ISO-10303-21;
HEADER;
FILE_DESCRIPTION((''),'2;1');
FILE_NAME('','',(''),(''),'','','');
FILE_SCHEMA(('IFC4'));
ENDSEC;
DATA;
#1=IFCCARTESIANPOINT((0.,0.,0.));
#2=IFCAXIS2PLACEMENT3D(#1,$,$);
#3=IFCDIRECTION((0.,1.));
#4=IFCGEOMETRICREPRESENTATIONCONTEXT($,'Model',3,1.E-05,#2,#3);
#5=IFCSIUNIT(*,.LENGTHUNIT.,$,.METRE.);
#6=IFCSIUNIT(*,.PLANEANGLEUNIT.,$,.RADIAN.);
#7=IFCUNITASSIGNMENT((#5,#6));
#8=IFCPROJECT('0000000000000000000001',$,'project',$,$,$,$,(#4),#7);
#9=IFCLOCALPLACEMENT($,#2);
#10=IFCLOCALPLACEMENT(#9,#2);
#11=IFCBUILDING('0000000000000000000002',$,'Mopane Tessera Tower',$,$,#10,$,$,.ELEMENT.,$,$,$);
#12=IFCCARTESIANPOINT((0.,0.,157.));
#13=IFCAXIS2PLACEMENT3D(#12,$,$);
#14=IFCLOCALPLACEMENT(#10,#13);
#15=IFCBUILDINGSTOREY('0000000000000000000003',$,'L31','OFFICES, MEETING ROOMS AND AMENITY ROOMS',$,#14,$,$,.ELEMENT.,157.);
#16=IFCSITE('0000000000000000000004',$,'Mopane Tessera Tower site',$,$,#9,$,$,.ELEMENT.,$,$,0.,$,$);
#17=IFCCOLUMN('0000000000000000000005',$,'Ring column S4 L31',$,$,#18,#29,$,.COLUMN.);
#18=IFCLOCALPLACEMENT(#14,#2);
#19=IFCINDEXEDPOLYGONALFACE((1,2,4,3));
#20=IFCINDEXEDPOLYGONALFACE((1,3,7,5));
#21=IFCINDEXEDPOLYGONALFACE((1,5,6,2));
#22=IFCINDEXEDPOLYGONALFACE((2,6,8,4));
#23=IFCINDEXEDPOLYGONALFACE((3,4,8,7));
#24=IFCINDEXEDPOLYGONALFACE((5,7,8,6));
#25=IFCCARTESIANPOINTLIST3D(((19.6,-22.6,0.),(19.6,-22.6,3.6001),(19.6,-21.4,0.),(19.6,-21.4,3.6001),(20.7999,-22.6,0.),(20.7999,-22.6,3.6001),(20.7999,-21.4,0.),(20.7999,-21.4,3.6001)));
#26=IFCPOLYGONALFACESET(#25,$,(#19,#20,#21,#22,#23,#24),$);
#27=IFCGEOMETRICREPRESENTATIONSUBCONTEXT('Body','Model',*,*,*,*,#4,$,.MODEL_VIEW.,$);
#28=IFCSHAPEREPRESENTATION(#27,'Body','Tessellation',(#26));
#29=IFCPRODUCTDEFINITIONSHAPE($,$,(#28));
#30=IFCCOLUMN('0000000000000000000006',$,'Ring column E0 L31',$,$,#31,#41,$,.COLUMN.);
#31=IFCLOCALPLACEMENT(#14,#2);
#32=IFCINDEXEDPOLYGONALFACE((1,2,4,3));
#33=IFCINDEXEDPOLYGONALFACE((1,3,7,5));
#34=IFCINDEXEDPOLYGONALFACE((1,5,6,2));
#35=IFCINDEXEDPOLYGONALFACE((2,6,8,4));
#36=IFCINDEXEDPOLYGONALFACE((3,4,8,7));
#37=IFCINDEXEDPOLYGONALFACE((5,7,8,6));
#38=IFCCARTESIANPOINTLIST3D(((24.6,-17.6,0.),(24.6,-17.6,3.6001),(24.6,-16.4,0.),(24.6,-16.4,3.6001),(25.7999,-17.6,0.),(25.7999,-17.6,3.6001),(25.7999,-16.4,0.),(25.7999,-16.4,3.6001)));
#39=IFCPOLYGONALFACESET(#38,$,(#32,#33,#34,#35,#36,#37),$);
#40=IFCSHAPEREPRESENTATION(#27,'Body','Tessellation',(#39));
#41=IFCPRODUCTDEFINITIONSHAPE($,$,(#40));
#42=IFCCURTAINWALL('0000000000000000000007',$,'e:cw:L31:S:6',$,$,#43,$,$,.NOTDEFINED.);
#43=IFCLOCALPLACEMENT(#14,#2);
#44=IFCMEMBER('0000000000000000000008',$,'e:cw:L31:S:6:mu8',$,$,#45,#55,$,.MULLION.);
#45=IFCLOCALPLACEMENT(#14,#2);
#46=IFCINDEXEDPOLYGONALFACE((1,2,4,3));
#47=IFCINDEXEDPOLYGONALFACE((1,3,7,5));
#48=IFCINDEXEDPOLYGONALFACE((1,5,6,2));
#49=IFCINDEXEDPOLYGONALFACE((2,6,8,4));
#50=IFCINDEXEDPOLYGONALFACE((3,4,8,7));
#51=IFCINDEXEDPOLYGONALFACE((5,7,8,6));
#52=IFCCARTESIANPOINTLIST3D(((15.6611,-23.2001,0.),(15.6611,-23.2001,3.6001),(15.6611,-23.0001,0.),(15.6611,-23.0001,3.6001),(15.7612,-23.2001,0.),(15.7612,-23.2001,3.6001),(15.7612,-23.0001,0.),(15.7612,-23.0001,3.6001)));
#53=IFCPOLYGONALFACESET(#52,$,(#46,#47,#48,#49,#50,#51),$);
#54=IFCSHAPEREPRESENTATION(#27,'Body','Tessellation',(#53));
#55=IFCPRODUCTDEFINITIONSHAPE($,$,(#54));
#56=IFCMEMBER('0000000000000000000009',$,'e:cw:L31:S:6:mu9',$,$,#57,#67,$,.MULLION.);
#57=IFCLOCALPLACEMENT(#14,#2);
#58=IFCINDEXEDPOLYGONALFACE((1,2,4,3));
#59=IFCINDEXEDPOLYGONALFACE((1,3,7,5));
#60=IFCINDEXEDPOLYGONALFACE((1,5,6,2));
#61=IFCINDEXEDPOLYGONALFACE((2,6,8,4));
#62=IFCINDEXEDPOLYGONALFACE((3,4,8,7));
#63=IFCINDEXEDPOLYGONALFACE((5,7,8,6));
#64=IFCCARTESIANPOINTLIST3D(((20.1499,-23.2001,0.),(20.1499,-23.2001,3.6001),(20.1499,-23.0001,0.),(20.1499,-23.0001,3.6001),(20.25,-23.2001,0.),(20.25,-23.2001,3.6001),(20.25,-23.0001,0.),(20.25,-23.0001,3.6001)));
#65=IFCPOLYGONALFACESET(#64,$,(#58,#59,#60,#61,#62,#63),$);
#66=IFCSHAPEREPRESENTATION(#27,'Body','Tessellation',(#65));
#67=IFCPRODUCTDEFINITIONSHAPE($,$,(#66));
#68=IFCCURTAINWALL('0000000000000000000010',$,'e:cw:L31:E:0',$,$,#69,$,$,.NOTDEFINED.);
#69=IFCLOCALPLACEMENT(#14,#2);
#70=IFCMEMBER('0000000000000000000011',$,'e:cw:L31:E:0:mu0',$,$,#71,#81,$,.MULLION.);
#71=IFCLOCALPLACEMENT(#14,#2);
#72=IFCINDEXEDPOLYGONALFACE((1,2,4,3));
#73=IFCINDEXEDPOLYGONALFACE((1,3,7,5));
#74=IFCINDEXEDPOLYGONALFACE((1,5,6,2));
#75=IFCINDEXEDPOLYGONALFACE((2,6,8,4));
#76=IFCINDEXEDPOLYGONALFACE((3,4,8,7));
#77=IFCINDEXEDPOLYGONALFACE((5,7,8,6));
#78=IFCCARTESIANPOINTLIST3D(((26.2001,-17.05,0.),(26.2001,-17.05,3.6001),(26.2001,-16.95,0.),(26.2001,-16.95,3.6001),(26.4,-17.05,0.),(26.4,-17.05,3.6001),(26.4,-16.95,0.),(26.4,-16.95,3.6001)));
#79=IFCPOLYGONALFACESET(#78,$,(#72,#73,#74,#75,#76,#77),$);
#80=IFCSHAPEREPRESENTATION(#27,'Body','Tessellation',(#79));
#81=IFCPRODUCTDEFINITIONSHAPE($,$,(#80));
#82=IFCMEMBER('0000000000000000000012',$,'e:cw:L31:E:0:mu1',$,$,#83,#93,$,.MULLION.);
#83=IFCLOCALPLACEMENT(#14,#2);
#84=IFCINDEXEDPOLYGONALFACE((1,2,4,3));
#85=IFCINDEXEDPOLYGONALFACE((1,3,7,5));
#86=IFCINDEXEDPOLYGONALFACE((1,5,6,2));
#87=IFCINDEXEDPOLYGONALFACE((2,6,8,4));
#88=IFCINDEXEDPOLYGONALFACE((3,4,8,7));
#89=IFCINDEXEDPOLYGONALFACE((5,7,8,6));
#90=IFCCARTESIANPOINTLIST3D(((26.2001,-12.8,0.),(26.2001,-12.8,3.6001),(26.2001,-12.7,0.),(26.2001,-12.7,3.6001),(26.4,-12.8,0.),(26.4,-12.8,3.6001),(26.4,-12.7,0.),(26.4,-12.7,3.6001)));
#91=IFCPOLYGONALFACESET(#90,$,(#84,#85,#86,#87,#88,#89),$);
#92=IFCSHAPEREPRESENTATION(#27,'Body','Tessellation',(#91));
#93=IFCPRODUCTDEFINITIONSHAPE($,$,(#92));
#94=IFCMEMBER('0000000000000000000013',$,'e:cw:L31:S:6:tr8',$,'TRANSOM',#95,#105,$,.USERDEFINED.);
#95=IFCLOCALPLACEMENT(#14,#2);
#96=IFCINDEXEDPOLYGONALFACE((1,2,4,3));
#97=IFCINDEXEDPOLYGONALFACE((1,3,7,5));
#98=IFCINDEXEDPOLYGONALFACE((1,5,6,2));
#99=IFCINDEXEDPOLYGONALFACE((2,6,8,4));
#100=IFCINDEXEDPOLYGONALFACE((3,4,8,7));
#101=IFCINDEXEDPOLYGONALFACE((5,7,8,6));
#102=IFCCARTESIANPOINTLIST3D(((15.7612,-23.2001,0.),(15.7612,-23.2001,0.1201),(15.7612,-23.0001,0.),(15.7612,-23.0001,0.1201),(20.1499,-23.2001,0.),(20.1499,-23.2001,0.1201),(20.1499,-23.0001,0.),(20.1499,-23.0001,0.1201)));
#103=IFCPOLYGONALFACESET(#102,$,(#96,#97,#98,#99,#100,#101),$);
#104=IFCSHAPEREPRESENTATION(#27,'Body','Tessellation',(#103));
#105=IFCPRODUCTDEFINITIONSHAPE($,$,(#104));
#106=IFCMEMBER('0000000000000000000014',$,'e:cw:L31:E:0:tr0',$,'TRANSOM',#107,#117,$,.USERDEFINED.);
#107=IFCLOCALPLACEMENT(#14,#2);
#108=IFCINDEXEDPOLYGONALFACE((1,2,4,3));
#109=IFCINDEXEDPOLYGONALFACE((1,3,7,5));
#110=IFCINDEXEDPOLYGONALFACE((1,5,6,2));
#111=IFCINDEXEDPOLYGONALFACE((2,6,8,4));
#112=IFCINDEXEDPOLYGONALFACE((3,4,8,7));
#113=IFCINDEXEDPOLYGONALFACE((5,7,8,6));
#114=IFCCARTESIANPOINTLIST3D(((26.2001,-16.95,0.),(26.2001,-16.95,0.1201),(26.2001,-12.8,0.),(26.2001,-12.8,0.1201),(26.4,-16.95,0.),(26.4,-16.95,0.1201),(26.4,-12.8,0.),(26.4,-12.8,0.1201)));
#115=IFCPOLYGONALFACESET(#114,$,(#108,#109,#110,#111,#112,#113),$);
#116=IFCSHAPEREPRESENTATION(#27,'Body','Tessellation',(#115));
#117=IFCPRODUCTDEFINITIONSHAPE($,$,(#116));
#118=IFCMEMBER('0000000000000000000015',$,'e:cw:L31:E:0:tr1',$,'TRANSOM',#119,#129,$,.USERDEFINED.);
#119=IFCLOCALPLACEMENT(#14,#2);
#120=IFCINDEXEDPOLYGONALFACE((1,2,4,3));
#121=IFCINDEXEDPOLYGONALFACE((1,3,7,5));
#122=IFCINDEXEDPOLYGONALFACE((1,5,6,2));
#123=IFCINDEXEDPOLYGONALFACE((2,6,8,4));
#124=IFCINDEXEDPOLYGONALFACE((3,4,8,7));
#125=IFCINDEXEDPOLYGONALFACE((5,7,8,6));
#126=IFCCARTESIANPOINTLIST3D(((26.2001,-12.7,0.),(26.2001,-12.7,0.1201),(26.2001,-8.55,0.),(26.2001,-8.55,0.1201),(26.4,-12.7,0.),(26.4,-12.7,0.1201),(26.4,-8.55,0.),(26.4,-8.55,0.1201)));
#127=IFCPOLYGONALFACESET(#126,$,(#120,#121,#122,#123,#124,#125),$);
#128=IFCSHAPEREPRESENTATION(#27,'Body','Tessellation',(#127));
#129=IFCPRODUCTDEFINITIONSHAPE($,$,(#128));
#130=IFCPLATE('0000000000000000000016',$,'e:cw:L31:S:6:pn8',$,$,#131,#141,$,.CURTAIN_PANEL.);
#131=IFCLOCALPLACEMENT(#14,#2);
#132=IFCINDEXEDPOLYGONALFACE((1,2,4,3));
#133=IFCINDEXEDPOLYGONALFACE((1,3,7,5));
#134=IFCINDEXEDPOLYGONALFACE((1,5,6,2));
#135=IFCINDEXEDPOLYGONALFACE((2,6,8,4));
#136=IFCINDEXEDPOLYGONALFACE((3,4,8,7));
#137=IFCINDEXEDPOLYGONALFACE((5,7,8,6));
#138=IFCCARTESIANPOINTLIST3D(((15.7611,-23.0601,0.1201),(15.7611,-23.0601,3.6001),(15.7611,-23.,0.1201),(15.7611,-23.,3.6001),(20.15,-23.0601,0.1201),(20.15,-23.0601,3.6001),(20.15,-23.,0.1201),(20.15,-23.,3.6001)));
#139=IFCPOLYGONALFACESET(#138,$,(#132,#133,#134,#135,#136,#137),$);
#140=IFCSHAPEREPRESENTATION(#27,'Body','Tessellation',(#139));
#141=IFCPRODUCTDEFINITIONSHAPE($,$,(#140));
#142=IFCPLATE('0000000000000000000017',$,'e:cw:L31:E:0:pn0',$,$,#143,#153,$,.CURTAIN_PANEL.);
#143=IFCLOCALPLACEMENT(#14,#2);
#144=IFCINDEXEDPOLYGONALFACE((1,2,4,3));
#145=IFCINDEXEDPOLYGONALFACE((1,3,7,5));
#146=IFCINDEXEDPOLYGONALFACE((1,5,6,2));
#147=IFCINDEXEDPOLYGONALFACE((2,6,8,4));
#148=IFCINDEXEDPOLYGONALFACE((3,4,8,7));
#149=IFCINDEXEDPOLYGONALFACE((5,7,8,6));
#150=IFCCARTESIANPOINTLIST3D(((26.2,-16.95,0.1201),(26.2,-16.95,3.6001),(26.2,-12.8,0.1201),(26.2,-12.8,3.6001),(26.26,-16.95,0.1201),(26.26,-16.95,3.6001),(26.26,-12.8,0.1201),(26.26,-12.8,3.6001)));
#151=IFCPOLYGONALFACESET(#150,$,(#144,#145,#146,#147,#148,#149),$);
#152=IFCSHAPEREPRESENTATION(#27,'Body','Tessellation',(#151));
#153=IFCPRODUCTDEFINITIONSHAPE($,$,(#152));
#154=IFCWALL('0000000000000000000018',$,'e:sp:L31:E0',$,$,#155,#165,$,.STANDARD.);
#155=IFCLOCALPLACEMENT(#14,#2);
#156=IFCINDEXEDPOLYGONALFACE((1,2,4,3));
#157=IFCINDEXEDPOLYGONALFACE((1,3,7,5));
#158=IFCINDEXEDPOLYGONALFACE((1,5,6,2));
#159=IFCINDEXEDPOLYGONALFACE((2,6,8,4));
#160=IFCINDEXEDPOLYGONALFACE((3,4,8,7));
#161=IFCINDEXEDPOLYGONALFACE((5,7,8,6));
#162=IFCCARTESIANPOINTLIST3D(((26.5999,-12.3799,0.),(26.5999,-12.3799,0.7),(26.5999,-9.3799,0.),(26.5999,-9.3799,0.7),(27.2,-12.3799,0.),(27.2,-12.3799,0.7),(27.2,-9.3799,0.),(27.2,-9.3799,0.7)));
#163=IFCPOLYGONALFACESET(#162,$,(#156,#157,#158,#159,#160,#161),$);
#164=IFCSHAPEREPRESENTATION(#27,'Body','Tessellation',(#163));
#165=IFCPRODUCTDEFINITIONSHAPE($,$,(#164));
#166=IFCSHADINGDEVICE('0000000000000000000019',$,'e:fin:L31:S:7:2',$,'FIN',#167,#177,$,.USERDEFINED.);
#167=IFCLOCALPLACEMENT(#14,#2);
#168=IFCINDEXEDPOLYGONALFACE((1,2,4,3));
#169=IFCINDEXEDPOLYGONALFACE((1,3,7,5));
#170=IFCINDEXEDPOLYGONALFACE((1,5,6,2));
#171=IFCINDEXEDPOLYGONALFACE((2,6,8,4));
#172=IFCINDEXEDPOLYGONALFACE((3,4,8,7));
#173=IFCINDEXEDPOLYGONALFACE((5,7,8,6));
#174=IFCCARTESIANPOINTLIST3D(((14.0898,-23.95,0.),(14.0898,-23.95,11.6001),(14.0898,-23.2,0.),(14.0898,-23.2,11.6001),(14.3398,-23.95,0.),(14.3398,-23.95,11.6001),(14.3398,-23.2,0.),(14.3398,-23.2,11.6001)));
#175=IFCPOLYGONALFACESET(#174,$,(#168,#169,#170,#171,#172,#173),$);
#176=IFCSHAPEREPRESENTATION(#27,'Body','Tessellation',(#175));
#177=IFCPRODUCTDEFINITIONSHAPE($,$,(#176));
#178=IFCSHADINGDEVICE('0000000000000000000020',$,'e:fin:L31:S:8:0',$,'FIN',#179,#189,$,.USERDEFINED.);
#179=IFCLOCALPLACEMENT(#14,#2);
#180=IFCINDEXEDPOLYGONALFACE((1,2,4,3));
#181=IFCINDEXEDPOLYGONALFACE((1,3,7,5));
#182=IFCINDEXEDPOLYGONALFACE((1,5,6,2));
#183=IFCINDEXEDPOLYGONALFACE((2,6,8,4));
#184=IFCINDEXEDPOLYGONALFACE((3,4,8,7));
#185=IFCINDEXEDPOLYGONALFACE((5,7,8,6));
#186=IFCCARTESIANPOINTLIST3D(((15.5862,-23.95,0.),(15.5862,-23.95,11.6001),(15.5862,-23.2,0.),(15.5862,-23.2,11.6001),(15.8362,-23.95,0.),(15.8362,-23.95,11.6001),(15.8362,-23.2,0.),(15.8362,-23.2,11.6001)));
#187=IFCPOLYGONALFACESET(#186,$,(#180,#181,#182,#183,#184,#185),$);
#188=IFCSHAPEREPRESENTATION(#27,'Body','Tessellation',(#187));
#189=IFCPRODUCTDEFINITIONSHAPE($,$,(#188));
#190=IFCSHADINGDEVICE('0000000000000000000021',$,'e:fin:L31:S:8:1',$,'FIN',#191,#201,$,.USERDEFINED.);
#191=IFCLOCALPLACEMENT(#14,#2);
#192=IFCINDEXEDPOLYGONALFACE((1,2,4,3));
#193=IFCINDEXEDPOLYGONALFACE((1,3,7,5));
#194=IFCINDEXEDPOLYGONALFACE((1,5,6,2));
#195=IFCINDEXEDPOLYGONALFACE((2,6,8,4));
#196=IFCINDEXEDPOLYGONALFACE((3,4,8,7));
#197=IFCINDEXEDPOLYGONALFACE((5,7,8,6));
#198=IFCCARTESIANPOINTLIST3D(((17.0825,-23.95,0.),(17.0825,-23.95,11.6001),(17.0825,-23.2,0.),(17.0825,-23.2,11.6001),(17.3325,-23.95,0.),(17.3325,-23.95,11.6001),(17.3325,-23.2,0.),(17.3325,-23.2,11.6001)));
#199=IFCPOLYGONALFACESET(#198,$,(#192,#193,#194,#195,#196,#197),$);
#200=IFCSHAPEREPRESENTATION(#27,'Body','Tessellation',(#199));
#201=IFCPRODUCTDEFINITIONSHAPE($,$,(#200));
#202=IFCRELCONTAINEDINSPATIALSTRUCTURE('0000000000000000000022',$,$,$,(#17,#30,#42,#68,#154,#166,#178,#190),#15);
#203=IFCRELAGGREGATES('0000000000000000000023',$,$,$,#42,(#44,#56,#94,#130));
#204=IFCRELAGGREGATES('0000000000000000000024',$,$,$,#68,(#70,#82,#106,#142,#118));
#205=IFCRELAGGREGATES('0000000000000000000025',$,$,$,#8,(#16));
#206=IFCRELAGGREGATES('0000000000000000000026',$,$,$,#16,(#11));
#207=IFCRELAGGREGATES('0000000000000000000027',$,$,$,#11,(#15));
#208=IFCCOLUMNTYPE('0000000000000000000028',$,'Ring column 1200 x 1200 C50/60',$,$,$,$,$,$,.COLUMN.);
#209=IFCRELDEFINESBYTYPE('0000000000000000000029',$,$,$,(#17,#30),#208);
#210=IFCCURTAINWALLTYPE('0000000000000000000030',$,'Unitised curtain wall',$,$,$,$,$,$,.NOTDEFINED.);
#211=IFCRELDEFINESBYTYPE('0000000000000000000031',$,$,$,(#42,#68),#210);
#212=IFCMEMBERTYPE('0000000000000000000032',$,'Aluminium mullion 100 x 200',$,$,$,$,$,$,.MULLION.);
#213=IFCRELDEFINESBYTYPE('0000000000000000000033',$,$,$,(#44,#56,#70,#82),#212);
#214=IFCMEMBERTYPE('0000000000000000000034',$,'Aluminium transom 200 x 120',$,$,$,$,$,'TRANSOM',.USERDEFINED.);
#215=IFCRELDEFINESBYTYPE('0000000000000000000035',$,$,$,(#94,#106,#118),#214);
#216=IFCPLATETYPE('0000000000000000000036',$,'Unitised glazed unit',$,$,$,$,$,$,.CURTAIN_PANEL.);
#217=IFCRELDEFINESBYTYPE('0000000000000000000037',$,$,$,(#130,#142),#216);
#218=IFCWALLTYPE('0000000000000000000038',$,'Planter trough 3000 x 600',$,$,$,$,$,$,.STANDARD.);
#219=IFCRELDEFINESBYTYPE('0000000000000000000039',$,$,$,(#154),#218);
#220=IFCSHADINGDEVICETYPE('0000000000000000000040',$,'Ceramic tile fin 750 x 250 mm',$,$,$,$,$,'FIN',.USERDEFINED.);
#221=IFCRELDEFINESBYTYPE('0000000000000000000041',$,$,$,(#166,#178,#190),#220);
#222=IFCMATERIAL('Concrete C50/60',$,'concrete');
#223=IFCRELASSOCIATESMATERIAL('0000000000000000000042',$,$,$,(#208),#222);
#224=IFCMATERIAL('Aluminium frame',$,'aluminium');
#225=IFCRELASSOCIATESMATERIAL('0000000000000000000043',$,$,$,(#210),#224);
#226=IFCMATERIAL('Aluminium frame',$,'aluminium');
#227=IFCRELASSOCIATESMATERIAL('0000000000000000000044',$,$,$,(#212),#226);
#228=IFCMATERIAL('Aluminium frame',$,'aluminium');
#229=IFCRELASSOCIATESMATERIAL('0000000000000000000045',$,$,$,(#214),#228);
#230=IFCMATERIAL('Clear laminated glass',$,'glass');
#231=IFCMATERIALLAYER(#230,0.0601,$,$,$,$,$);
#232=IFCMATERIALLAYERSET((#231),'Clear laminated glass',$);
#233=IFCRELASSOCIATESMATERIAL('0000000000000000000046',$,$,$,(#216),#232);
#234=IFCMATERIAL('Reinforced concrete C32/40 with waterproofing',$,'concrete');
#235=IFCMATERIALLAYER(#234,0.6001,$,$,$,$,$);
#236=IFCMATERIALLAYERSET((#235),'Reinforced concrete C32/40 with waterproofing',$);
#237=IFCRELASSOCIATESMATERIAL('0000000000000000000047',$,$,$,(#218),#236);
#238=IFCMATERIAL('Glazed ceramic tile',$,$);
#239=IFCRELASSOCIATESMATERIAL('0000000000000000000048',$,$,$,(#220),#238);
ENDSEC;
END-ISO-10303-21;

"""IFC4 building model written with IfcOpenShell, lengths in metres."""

from ifc_helpers import new_model, si_unit, direction, frame, frame_2d, origin, origin_2d, place, context, subcontext, project, spatial, rectangle, extrude, material, layer, layer_set, material_profile, profile_set, type_object, element, aggregate, save


model = new_model("IFC4")

# Units and contexts
model_context = context("Model", 3, precision=1e-05, world=origin(), true_north=direction((0.0, 1.0)))
body_context = subcontext(model_context, "Body", "Model", "MODEL_VIEW")
ifc_project = project(units=[si_unit("LENGTHUNIT", "METRE"), si_unit("PLANEANGLEUNIT", "RADIAN")], contexts=[model_context])

# Site, building, storey
site_placement = place(None, origin())
site = spatial("IfcSite", under=ifc_project, at=site_placement, Name="Mopane Tessera Tower site", CompositionType="ELEMENT", RefElevation=0.0)
building_placement = place(site_placement, origin())
building = spatial("IfcBuilding", under=site, at=building_placement, Name="Mopane Tessera Tower", CompositionType="ELEMENT")
storey_placement = place(building_placement, frame((0.0, 0.0, 157.0)))
storey = spatial("IfcBuildingStorey", under=building, at=storey_placement, Name="L31", Description="OFFICES, MEETING ROOMS AND AMENITY ROOMS", CompositionType="ELEMENT", Elevation=157.0)

# Columns
ifc_material_1 = material(Name="Concrete C50/60", Category="concrete")
ifc_material_profile_1 = material_profile(ifc_material_1, rectangle(XDim=1.2, YDim=1.2, at=origin_2d()))
ifc_profile_set_1 = profile_set([ifc_material_profile_1], Name="Concrete C50/60")
column_type = type_object("IfcColumnType", Name="Ring column 1200 x 1200 C50/60", PredefinedType="COLUMN", material=ifc_profile_set_1)
for number, where, z_axis, x_axis, name in (
    (1, (20.2, -22.0, 0.0), (0.0, 0.0, 1.0), (1.0, 0.0, 0.0), "Ring column S4 L31"),
    (2, (25.2, -17.0, 0.0), (0.0, 0.0, 1.0), (1.0, 0.0, 0.0), "Ring column E0 L31"),
):
    element("IfcColumn", number, at=place(storey_placement, frame(where, z_axis=z_axis, x_axis=x_axis)), inside=storey, type_object=column_type, Name=name, PredefinedType="COLUMN", context=body_context, shape_type="SweptSolid", body=[
        extrude(rectangle(XDim=1.2, YDim=1.2, at=origin_2d()), origin(), (0.0, 0.0, 1.0), 3.6001),
    ])

# Curtain walls, members
ifc_material_2 = material(Name="Aluminium frame", Category="aluminium")
curtain_wall_type = type_object("IfcCurtainWallType", Name="Unitised curtain wall", PredefinedType="NOTDEFINED", material=ifc_material_2)
curtain_wall_1_placement = place(storey_placement, origin())
curtain_wall_1 = element("IfcCurtainWall", 3, at=curtain_wall_1_placement, inside=storey, type_object=curtain_wall_type, Name="e:cw:L31:S:6", PredefinedType="NOTDEFINED")
ifc_material_3 = material(Name="Aluminium frame", Category="aluminium")
ifc_material_profile_2 = material_profile(ifc_material_3, rectangle(XDim=0.1001, YDim=0.2, at=origin_2d()))
ifc_profile_set_2 = profile_set([ifc_material_profile_2], Name="Aluminium frame")
member_type_1 = type_object("IfcMemberType", Name="Aluminium mullion 100 x 200", PredefinedType="MULLION", material=ifc_profile_set_2)
member_1_placement = place(storey_placement, frame((15.7112, -23.1001, 0.0), z_axis=(0.0, 0.0, 1.0), x_axis=(1.0, 0.0, 0.0)))
member_1 = element("IfcMember", 4, at=member_1_placement, type_object=member_type_1, Name="e:cw:L31:S:6:mu8", PredefinedType="MULLION", context=body_context, shape_type="SweptSolid", body=[
    extrude(rectangle(XDim=0.1001, YDim=0.2, at=origin_2d()), origin(), (0.0, 0.0, 1.0), 3.6001),
])
member_2_placement = place(storey_placement, frame((20.2, -23.1001, 0.0), z_axis=(0.0, 0.0, 1.0), x_axis=(1.0, 0.0, 0.0)))
member_2 = element("IfcMember", 5, at=member_2_placement, type_object=member_type_1, Name="e:cw:L31:S:6:mu9", PredefinedType="MULLION", context=body_context, shape_type="SweptSolid", body=[
    extrude(rectangle(XDim=0.1001, YDim=0.2, at=origin_2d()), origin(), (0.0, 0.0, 1.0), 3.6001),
])
curtain_wall_2_placement = place(storey_placement, origin())
curtain_wall_2 = element("IfcCurtainWall", 6, at=curtain_wall_2_placement, inside=storey, type_object=curtain_wall_type, Name="e:cw:L31:E:0", PredefinedType="NOTDEFINED")
member_3_placement = place(storey_placement, frame((26.3, -17.0, 0.0), z_axis=(0.0, 0.0, 1.0), x_axis=(0.0, 1.0, 0.0)))
member_3 = element("IfcMember", 7, at=member_3_placement, type_object=member_type_1, Name="e:cw:L31:E:0:mu0", PredefinedType="MULLION", context=body_context, shape_type="SweptSolid", body=[
    extrude(rectangle(XDim=0.1001, YDim=0.2, at=origin_2d()), origin(), (0.0, 0.0, 1.0), 3.6001),
])
member_4_placement = place(storey_placement, frame((26.3, -12.75, 0.0), z_axis=(0.0, 0.0, 1.0), x_axis=(0.0, 1.0, 0.0)))
member_4 = element("IfcMember", 8, at=member_4_placement, type_object=member_type_1, Name="e:cw:L31:E:0:mu1", PredefinedType="MULLION", context=body_context, shape_type="SweptSolid", body=[
    extrude(rectangle(XDim=0.1001, YDim=0.2, at=origin_2d()), origin(), (0.0, 0.0, 1.0), 3.6001),
])

# Members
ifc_material_4 = material(Name="Aluminium frame", Category="aluminium")
ifc_material_profile_3 = material_profile(ifc_material_4, rectangle(XDim=0.2, YDim=0.1201, at=origin_2d()))
ifc_profile_set_3 = profile_set([ifc_material_profile_3], Name="Aluminium frame")
member_type_2 = type_object("IfcMemberType", Name="Aluminium transom 200 x 120", ElementType="TRANSOM", PredefinedType="USERDEFINED", material=ifc_profile_set_3)
member_5_placement = place(storey_placement, frame((15.7612, -23.1001, 0.0601), z_axis=(1.0, 0.0, 0.0), x_axis=(0.0, 1.0, 0.0)))
member_5 = element("IfcMember", 9, at=member_5_placement, type_object=member_type_2, Name="e:cw:L31:S:6:tr8", ObjectType="TRANSOM", PredefinedType="USERDEFINED", context=body_context, shape_type="SweptSolid", body=[
    extrude(rectangle(XDim=0.2, YDim=0.1201, at=origin_2d()), origin(), (0.0, 0.0, 1.0), 4.3887),
])
member_6_placement = place(storey_placement, frame((26.3, -16.95, 0.0601), z_axis=(0.0, 1.0, 0.0), x_axis=(-1.0, 0.0, 0.0)))
member_6 = element("IfcMember", 10, at=member_6_placement, type_object=member_type_2, Name="e:cw:L31:E:0:tr0", ObjectType="TRANSOM", PredefinedType="USERDEFINED", context=body_context, shape_type="SweptSolid", body=[
    extrude(rectangle(XDim=0.2, YDim=0.1201, at=origin_2d()), origin(), (0.0, 0.0, 1.0), 4.1499),
])
member_7_placement = place(storey_placement, frame((26.3, -12.7, 0.0601), z_axis=(0.0, 1.0, 0.0), x_axis=(-1.0, 0.0, 0.0)))
member_7 = element("IfcMember", 11, at=member_7_placement, type_object=member_type_2, Name="e:cw:L31:E:0:tr1", ObjectType="TRANSOM", PredefinedType="USERDEFINED", context=body_context, shape_type="SweptSolid", body=[
    extrude(rectangle(XDim=0.2, YDim=0.1201, at=origin_2d()), origin(), (0.0, 0.0, 1.0), 4.1499),
])

# Plates
ifc_material_5 = material(Name="Clear laminated glass", Category="glass")
ifc_layer_1 = layer(ifc_material_5, 0.0601)
ifc_layer_set_1 = layer_set([ifc_layer_1], Name="Clear laminated glass")
plate_type = type_object("IfcPlateType", Name="Unitised glazed unit", PredefinedType="CURTAIN_PANEL", material=ifc_layer_set_1)
plate_1_placement = place(storey_placement, frame((17.9556, -23.03, 0.1201), z_axis=(0.0, 0.0, 1.0), x_axis=(1.0, 0.0, 0.0)))
plate_1 = element("IfcPlate", 12, at=plate_1_placement, type_object=plate_type, Name="e:cw:L31:S:6:pn8", PredefinedType="CURTAIN_PANEL", context=body_context, shape_type="SweptSolid", body=[
    extrude(rectangle(XDim=4.3889, YDim=0.0601, at=origin_2d()), origin(), (0.0, 0.0, 1.0), 3.48),
])
aggregate(curtain_wall_1, [member_1, member_2, member_5, plate_1])
plate_2_placement = place(storey_placement, frame((26.23, -14.875, 0.1201), z_axis=(0.0, 0.0, 1.0), x_axis=(0.0, 1.0, 0.0)))
plate_2 = element("IfcPlate", 13, at=plate_2_placement, type_object=plate_type, Name="e:cw:L31:E:0:pn0", PredefinedType="CURTAIN_PANEL", context=body_context, shape_type="SweptSolid", body=[
    extrude(rectangle(XDim=4.1499, YDim=0.0601, at=origin_2d()), origin(), (0.0, 0.0, 1.0), 3.48),
])
aggregate(curtain_wall_2, [member_3, member_4, member_6, plate_2, member_7])

# Wall
ifc_material_6 = material(Name="Reinforced concrete C32/40 with waterproofing", Category="concrete")
ifc_layer_2 = layer(ifc_material_6, 0.6001)
ifc_layer_set_2 = layer_set([ifc_layer_2], Name="Reinforced concrete C32/40 with waterproofing")
wall_type = type_object("IfcWallType", Name="Planter trough 3000 x 600", PredefinedType="STANDARD", material=ifc_layer_set_2)
wall_placement = place(storey_placement, frame((26.8999, -12.3799, 0.0), z_axis=(0.0, 0.0, 1.0), x_axis=(0.0, 1.0, 0.0)))
element("IfcWall", 14, at=wall_placement, inside=storey, type_object=wall_type, Name="e:sp:L31:E0", PredefinedType="STANDARD", context=body_context, shape_type="SweptSolid", body=[
    extrude(rectangle(XDim=3.0, YDim=0.6001, at=frame_2d((1.5, 0.0))), origin(), (0.0, 0.0, 1.0), 0.7),
])

# Shading devices
ifc_material_7 = material(Name="Glazed ceramic tile")
shading_device_type = type_object("IfcShadingDeviceType", Name="Ceramic tile fin 750 x 250 mm", ElementType="FIN", PredefinedType="USERDEFINED", material=ifc_material_7)
for number, where, z_axis, x_axis, name in (
    (15, (14.2148, -23.575, 0.0), (0.0, 0.0, 1.0), (1.0, 0.0, 0.0), "e:fin:L31:S:7:2"),
    (16, (15.7112, -23.575, 0.0), (0.0, 0.0, 1.0), (1.0, 0.0, 0.0), "e:fin:L31:S:8:0"),
    (17, (17.2075, -23.575, 0.0), (0.0, 0.0, 1.0), (1.0, 0.0, 0.0), "e:fin:L31:S:8:1"),
):
    element("IfcShadingDevice", number, at=place(storey_placement, frame(where, z_axis=z_axis, x_axis=x_axis)), inside=storey, type_object=shading_device_type, Name=name, ObjectType="FIN", PredefinedType="USERDEFINED", context=body_context, shape_type="SweptSolid", body=[
        extrude(rectangle(XDim=0.25, YDim=0.75, at=origin_2d()), origin(), (0.0, 0.0, 1.0), 11.6001),
    ])

save(model, "model.ifc")
